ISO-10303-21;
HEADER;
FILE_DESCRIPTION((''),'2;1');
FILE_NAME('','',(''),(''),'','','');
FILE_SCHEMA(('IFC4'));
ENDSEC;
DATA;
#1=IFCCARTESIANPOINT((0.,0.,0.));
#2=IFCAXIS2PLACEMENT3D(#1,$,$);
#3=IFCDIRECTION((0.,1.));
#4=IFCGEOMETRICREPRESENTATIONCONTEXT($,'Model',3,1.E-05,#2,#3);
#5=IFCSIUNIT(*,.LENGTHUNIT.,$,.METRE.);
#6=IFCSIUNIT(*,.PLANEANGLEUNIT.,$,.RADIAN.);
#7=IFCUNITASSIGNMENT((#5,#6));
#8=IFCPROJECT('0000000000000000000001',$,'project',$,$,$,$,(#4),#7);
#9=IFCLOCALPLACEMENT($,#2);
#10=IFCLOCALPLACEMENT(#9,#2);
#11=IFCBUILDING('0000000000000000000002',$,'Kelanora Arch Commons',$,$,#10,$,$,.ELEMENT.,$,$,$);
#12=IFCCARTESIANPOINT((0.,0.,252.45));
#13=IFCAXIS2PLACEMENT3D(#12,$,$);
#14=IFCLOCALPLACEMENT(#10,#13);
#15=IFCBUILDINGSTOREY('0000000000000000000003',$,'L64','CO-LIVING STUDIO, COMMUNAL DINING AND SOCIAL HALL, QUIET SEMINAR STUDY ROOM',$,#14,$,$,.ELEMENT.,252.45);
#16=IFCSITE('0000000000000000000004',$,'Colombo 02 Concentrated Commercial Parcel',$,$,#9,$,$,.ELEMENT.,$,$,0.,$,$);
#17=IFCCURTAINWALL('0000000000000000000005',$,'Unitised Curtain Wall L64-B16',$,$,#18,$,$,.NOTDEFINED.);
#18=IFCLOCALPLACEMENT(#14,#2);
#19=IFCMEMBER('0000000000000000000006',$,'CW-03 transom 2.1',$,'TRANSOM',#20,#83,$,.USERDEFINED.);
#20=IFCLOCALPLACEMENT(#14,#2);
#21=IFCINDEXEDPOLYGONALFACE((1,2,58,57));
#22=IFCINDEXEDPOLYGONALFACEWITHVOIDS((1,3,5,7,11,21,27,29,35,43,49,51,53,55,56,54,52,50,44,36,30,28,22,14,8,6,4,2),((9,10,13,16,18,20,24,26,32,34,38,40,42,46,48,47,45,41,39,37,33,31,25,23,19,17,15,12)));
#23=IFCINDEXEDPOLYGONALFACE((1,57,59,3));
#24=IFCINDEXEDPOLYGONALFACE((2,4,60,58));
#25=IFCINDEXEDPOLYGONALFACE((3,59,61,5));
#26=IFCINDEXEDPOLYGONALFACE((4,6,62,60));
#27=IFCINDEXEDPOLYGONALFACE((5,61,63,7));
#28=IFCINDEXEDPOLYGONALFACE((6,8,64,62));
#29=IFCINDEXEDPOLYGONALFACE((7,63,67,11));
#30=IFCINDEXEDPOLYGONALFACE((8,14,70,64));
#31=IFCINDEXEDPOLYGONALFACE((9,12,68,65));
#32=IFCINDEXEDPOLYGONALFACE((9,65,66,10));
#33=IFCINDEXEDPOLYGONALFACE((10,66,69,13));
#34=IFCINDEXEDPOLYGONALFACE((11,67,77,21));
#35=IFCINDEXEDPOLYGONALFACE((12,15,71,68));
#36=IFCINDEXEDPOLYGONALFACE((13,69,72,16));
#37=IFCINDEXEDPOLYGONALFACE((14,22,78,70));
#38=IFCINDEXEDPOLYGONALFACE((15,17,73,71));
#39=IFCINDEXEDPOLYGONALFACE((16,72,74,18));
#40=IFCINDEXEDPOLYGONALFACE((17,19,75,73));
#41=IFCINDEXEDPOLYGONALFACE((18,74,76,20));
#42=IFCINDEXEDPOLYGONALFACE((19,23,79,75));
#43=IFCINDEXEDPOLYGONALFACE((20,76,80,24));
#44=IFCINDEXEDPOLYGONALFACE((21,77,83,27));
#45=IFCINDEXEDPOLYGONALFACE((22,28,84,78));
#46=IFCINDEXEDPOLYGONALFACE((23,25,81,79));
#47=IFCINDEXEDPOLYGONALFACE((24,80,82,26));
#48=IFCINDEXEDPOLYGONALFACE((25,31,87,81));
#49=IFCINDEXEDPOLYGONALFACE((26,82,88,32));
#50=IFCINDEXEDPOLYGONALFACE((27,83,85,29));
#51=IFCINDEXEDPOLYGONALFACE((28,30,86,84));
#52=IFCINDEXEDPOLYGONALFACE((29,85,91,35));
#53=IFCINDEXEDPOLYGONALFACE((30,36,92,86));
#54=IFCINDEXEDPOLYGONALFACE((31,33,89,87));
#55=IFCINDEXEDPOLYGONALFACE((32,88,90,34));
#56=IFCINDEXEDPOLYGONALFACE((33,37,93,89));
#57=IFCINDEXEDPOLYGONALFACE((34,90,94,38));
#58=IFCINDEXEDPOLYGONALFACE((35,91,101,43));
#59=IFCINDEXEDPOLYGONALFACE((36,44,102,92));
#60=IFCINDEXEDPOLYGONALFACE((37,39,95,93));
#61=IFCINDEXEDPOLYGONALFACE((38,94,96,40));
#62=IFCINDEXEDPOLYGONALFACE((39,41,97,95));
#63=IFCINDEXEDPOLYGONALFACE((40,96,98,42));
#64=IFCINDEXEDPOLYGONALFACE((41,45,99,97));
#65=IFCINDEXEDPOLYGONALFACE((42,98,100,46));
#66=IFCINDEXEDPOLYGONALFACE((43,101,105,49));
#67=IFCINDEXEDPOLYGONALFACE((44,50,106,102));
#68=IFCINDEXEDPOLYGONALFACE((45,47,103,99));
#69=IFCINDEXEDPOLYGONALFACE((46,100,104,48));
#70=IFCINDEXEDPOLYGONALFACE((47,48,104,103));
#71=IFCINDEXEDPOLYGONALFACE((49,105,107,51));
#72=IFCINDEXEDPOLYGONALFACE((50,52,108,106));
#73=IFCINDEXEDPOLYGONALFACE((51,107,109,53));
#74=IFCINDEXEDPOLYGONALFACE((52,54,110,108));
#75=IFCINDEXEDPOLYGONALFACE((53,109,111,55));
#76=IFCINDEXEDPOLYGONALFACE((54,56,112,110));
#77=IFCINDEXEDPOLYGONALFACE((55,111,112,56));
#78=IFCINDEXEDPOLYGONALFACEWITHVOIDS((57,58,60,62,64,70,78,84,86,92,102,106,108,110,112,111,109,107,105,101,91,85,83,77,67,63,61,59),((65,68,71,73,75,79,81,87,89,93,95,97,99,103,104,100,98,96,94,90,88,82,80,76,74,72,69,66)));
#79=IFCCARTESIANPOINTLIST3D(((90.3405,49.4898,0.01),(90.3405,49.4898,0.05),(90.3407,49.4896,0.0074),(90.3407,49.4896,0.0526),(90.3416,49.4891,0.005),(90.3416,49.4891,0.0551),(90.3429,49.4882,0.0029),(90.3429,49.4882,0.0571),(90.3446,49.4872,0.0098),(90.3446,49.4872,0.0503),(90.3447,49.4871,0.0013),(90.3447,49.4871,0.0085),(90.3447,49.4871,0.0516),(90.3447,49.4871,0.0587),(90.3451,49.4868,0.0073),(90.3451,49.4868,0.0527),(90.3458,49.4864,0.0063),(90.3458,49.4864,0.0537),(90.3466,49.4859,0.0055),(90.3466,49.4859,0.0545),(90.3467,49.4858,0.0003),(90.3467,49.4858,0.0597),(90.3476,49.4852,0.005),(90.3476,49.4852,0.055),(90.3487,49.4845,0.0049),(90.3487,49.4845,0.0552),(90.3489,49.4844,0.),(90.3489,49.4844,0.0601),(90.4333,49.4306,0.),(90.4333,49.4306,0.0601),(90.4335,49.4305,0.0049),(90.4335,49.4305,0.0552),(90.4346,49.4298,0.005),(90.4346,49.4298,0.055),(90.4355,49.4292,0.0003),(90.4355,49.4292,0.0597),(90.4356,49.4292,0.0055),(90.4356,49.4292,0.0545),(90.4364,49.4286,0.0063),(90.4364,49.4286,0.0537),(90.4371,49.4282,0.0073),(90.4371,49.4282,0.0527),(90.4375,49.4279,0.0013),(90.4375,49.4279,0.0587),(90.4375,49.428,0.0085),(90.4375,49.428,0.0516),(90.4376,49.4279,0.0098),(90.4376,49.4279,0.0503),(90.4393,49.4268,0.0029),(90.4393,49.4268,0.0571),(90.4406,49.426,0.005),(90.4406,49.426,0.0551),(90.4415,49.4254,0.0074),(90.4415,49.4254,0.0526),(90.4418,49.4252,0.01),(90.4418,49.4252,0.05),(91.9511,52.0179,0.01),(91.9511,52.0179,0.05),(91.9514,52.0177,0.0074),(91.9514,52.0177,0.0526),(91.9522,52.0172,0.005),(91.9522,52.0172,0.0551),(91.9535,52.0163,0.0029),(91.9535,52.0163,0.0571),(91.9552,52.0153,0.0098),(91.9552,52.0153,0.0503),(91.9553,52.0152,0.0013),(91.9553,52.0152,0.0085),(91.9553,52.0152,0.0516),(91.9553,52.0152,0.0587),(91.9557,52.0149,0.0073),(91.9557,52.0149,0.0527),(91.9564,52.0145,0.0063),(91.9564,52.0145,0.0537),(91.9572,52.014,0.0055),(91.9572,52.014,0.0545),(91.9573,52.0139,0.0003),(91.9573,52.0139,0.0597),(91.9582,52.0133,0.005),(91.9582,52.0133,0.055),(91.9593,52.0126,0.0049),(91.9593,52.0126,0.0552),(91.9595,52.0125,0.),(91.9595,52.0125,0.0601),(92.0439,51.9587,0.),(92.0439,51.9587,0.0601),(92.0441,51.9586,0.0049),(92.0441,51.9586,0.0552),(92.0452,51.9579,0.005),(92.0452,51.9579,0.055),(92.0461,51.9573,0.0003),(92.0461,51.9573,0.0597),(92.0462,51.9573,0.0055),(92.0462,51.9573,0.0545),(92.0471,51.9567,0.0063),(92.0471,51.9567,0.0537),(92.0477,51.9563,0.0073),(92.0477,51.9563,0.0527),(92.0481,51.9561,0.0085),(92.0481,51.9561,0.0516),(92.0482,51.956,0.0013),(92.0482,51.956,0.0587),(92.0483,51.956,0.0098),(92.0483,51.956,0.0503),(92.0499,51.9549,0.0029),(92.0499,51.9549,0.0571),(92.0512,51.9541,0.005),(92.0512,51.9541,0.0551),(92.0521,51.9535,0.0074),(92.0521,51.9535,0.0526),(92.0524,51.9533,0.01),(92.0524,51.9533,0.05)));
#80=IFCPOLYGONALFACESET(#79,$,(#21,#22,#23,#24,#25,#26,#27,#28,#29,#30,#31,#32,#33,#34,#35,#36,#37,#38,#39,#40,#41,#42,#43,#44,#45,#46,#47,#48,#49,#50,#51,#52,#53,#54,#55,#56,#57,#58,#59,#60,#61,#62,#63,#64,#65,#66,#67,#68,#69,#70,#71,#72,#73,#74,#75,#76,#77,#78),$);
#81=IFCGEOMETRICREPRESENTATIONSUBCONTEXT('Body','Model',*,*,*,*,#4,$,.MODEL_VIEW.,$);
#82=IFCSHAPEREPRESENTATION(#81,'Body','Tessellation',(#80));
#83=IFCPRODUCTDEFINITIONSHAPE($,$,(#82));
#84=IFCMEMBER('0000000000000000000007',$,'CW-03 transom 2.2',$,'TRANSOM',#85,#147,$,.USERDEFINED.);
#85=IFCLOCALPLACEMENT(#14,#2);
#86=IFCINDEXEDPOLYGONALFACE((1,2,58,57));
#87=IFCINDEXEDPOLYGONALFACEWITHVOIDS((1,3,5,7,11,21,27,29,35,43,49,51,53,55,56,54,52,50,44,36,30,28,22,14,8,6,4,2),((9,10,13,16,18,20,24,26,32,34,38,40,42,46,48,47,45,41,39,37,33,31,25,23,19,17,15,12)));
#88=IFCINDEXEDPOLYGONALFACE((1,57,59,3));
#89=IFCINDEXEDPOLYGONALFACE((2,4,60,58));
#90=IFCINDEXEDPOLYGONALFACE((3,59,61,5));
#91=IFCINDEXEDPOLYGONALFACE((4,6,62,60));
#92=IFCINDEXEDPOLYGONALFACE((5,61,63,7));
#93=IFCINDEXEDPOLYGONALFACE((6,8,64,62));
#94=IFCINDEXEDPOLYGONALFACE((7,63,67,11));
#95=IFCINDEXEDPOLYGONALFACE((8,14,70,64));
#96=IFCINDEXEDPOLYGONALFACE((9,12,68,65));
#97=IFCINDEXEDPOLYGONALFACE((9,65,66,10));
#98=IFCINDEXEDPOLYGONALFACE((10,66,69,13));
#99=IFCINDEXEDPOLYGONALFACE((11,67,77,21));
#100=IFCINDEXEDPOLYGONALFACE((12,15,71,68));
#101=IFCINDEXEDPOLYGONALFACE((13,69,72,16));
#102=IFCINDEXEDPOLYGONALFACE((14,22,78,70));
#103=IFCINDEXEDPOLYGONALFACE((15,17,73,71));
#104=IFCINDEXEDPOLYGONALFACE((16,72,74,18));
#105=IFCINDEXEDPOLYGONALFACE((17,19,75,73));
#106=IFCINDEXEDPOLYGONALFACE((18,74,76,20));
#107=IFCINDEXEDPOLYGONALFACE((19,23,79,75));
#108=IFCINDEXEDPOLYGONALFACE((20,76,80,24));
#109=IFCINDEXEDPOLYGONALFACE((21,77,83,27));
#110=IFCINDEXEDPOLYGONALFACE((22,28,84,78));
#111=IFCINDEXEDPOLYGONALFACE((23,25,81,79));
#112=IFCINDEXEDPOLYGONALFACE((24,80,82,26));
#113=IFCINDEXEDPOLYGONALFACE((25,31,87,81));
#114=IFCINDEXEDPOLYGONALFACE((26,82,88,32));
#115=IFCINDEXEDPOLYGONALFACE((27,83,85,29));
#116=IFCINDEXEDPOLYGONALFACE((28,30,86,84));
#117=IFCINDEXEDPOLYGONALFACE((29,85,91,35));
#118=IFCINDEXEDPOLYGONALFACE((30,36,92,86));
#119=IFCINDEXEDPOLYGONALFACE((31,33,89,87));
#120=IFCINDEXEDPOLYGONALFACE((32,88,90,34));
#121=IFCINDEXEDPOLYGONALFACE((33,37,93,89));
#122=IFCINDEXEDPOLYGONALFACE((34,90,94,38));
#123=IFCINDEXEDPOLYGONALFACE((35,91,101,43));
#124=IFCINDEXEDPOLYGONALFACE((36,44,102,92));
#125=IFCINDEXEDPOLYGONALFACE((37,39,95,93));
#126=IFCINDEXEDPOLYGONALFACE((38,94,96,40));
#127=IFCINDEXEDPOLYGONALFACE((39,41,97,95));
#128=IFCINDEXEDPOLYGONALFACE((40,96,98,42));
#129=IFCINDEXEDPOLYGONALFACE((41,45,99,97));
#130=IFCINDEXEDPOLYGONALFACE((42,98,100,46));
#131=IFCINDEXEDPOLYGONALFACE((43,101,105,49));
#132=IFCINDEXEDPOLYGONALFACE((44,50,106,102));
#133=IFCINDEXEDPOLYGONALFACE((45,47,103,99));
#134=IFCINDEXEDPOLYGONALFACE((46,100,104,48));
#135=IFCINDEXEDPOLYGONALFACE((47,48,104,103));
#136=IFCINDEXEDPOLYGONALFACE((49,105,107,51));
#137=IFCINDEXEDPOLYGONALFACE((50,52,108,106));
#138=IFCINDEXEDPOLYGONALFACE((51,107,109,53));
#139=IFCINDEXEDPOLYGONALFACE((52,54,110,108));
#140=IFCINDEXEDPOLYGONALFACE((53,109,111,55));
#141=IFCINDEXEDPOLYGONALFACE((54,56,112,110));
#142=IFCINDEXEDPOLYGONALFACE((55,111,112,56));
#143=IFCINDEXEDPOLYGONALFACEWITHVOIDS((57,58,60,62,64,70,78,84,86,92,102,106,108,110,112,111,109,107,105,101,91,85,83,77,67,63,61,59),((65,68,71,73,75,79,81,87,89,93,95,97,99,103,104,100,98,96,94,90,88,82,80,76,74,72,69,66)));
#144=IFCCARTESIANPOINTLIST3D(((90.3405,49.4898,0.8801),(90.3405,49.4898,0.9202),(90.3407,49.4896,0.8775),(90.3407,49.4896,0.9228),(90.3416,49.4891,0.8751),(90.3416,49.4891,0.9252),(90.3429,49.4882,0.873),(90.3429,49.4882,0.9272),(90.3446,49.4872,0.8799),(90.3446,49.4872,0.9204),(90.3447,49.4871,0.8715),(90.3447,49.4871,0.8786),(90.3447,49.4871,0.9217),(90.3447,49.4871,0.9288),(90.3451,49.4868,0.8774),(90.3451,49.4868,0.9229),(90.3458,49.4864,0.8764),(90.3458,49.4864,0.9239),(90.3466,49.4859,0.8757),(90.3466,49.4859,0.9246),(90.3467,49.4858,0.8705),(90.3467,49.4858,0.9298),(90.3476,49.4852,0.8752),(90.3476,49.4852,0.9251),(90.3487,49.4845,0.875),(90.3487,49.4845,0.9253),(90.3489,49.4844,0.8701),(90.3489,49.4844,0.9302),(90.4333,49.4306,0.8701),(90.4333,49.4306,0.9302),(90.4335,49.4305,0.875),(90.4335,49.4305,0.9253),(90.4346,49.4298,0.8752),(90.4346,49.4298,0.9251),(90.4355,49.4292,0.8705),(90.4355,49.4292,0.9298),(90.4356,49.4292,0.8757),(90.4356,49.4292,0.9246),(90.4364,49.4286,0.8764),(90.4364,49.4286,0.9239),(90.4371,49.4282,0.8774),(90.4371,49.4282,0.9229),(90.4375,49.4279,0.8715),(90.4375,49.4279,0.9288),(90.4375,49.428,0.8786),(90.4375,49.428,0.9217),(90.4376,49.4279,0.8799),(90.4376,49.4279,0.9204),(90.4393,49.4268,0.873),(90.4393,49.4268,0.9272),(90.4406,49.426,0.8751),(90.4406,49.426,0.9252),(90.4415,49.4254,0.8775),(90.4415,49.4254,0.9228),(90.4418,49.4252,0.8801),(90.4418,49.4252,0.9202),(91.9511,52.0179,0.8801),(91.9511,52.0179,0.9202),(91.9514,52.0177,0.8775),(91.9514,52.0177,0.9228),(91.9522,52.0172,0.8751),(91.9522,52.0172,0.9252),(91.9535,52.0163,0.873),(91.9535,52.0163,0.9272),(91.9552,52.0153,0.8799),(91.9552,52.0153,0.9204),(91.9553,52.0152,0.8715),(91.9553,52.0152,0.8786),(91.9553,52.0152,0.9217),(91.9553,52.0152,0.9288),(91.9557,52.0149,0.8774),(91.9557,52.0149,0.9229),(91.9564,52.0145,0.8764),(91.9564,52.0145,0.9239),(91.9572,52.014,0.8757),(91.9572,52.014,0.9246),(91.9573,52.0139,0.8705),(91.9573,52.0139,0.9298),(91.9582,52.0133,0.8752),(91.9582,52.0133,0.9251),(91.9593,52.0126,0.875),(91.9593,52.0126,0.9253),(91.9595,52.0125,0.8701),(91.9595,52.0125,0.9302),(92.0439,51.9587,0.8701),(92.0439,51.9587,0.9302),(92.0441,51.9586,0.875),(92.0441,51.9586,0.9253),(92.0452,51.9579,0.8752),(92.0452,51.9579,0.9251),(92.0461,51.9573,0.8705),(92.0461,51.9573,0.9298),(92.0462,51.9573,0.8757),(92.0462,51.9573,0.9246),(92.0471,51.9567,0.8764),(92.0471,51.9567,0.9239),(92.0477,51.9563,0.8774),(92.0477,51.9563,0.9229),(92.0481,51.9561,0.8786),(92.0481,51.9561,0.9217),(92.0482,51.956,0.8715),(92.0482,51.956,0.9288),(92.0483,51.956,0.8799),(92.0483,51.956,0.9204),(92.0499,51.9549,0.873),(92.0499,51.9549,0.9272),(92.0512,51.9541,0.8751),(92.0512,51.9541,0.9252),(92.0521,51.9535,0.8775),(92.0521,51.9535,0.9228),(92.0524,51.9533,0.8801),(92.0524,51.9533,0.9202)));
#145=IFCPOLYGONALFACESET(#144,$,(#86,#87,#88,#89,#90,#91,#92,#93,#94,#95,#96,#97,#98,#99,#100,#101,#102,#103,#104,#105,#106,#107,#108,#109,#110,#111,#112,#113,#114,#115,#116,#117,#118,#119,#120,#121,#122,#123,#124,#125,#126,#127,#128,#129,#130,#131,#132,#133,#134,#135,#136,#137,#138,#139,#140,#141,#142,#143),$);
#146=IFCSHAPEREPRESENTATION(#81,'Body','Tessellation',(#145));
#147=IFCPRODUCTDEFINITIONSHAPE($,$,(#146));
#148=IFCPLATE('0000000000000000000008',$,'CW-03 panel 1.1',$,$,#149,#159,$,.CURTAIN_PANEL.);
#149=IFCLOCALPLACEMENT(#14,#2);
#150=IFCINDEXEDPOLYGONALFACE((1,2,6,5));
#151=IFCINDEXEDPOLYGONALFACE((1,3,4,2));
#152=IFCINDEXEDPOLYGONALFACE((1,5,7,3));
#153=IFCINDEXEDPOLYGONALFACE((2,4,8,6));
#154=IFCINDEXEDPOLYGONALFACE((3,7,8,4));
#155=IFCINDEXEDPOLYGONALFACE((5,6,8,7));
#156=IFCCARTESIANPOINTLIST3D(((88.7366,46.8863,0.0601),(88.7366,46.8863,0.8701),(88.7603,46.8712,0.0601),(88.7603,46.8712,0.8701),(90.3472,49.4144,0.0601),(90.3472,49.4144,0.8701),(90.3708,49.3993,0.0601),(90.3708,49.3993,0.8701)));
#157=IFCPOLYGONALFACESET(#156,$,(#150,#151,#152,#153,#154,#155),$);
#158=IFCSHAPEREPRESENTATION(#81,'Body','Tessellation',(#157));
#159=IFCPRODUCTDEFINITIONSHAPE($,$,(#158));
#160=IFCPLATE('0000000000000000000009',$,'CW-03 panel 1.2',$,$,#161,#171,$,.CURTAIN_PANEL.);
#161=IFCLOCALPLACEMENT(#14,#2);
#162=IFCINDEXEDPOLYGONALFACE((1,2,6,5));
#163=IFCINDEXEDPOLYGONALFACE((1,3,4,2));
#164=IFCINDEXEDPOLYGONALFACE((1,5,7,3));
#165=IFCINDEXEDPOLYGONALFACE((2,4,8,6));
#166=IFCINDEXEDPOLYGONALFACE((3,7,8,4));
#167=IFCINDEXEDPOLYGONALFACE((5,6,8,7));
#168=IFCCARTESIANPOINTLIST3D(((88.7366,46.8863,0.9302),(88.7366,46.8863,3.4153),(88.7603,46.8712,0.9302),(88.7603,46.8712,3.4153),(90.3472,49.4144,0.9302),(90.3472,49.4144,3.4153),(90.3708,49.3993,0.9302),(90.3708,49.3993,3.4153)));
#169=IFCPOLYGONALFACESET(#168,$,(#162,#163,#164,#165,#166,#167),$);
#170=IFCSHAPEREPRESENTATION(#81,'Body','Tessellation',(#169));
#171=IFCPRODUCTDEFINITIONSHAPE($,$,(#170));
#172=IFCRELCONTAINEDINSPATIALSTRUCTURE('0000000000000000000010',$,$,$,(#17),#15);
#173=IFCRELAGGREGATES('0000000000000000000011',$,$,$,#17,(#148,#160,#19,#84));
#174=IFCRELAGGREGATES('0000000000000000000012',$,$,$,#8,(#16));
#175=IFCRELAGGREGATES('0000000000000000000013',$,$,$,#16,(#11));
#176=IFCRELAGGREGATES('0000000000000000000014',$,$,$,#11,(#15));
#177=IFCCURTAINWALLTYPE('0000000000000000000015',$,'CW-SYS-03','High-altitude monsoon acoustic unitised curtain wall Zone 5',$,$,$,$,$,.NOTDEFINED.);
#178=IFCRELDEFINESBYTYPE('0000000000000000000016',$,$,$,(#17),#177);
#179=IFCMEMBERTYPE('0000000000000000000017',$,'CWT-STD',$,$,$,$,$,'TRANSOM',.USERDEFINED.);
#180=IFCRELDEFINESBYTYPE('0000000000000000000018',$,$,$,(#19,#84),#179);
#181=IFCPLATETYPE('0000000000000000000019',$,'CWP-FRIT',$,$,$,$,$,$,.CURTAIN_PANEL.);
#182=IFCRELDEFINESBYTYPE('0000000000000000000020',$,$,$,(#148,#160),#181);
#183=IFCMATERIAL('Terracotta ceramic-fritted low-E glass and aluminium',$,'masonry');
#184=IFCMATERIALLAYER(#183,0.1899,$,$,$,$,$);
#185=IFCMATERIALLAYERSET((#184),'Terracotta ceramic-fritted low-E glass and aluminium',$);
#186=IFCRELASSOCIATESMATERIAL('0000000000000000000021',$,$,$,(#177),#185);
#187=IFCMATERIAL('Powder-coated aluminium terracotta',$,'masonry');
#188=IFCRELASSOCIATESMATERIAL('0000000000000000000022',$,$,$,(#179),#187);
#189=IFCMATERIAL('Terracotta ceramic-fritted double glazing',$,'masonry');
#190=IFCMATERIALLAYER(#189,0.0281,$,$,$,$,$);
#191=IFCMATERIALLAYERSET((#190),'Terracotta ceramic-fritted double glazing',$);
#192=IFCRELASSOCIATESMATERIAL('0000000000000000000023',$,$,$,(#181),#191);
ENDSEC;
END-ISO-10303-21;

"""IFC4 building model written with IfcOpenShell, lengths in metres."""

from ifc_helpers import new_model, si_unit, direction, frame, origin, origin_2d, place, context, subcontext, project, spatial, rectangle, hollow_rectangle, extrude, source, transform, mapped, material, layer, layer_set, material_profile, profile_set, type_object, element, aggregate, save


model = new_model("IFC4")

# Units and contexts
model_context = context("Model", 3, precision=1e-05, world=origin(), true_north=direction((0.0, 1.0)))
body_context = subcontext(model_context, "Body", "Model", "MODEL_VIEW")
ifc_project = project(units=[si_unit("LENGTHUNIT", "METRE"), si_unit("PLANEANGLEUNIT", "RADIAN")], contexts=[model_context])

# Site, building, storey
site_placement = place(None, origin())
site = spatial("IfcSite", under=ifc_project, at=site_placement, Name="Colombo 02 Concentrated Commercial Parcel", CompositionType="ELEMENT", RefElevation=0.0)
building_placement = place(site_placement, origin())
building = spatial("IfcBuilding", under=site, at=building_placement, Name="Kelanora Arch Commons", CompositionType="ELEMENT")
storey_placement = place(building_placement, frame((0.0, 0.0, 252.45)))
storey = spatial("IfcBuildingStorey", under=building, at=storey_placement, Name="L64", Description="CO-LIVING STUDIO, COMMUNAL DINING AND SOCIAL HALL, QUIET SEMINAR STUDY ROOM", CompositionType="ELEMENT", Elevation=252.45)

# Shared definitions
ifc_material_1 = material(Name="Terracotta ceramic-fritted low-E glass and aluminium", Category="masonry")
ifc_layer_1 = layer(ifc_material_1, 0.1899)
ifc_layer_set_1 = layer_set([ifc_layer_1], Name="Terracotta ceramic-fritted low-E glass and aluminium")
curtain_wall_type = type_object("IfcCurtainWallType", Name="CW-SYS-03", Description="High-altitude monsoon acoustic unitised curtain wall Zone 5", PredefinedType="NOTDEFINED", material=ifc_layer_set_1)
ifc_material_2 = material(Name="Powder-coated aluminium terracotta", Category="masonry")

# Curtain wall, members, plates
curtain_wall_1_placement = place(storey_placement, origin())
curtain_wall_1 = element("IfcCurtainWall", 1, at=curtain_wall_1_placement, inside=storey, type_object=curtain_wall_type, Name="Unitised Curtain Wall L64-B16", PredefinedType="NOTDEFINED")
ifc_material_profile_1 = material_profile(ifc_material_2, hollow_rectangle(XDim=0.1201, YDim=0.0601, WallThickness=0.0049, InnerFilletRadius=0.0049, OuterFilletRadius=0.01, at=origin_2d()), Name="CWT120x60")
ifc_profile_set_1 = profile_set([ifc_material_profile_1], Name="Powder-coated aluminium terracotta")
member_type_1 = type_object("IfcMemberType", Name="CWT-STD", ElementType="TRANSOM", PredefinedType="USERDEFINED", material=ifc_profile_set_1)
member_1_placement = place(storey_placement, frame((90.3911, 49.4575, 0.03), z_axis=(0.537308, 0.843386, 0.0), x_axis=(-0.843386, 0.537308, 0.0)))
member_1 = element("IfcMember", 2, at=member_1_placement, type_object=member_type_1, Name="CW-03 transom 2.1", ObjectType="TRANSOM", PredefinedType="USERDEFINED", context=body_context, shape_type="SweptSolid", body=[
    extrude(hollow_rectangle(XDim=0.1201, YDim=0.0601, WallThickness=0.0049, InnerFilletRadius=0.0049, OuterFilletRadius=0.01, at=origin_2d()), origin(), (0.0, 0.0, 1.0), 2.9976),
])
member_2_placement = place(storey_placement, frame((90.3911, 49.4575, 0.9001), z_axis=(0.537308, 0.843386, 0.0), x_axis=(-0.843386, 0.537308, 0.0)))
member_2 = element("IfcMember", 3, at=member_2_placement, type_object=member_type_1, Name="CW-03 transom 2.2", ObjectType="TRANSOM", PredefinedType="USERDEFINED", context=body_context, shape_type="SweptSolid", body=[
    extrude(hollow_rectangle(XDim=0.1201, YDim=0.0601, WallThickness=0.0049, InnerFilletRadius=0.0049, OuterFilletRadius=0.01, at=origin_2d()), origin(), (0.0, 0.0, 1.0), 2.9976),
])
ifc_material_3 = material(Name="Terracotta ceramic-fritted double glazing", Category="masonry")
ifc_layer_2 = layer(ifc_material_3, 0.0281)
ifc_layer_set_2 = layer_set([ifc_layer_2], Name="Terracotta ceramic-fritted double glazing")
plate_type = type_object("IfcPlateType", Name="CWP-FRIT", PredefinedType="CURTAIN_PANEL", material=ifc_layer_set_2)
shared_shape_1 = source(origin(), body_context, "Body", "SweptSolid", [
    extrude(rectangle(XDim=2.9976, YDim=0.0281, at=origin_2d()), origin(), (0.0, 0.0, 1.0), 0.8101),
])
plate_1_placement = place(storey_placement, frame((89.5537, 48.1428, 0.0601), z_axis=(0.0, 0.0, 1.0), x_axis=(0.5373, 0.843391, 0.0)))
plate_1 = element("IfcPlate", 4, at=plate_1_placement, type_object=plate_type, Name="CW-03 panel 1.1", PredefinedType="CURTAIN_PANEL", context=body_context, shape_type="MappedRepresentation", body=[
    mapped(shared_shape_1, transform((0.0, 0.0, 0.0), scale=1.0)),
])
shared_shape_2 = source(origin(), body_context, "Body", "SweptSolid", [
    extrude(rectangle(XDim=2.9976, YDim=0.0281, at=origin_2d()), origin(), (0.0, 0.0, 1.0), 2.4851),
])
plate_2_placement = place(storey_placement, frame((89.5537, 48.1428, 0.9302), z_axis=(0.0, 0.0, 1.0), x_axis=(0.5373, 0.843391, 0.0)))
plate_2 = element("IfcPlate", 5, at=plate_2_placement, type_object=plate_type, Name="CW-03 panel 1.2", PredefinedType="CURTAIN_PANEL", context=body_context, shape_type="MappedRepresentation", body=[
    mapped(shared_shape_2, transform((0.0, 0.0, 0.0), scale=1.0)),
])
aggregate(curtain_wall_1, [plate_1, plate_2, member_1, member_2])

save(model, "model.ifc")
